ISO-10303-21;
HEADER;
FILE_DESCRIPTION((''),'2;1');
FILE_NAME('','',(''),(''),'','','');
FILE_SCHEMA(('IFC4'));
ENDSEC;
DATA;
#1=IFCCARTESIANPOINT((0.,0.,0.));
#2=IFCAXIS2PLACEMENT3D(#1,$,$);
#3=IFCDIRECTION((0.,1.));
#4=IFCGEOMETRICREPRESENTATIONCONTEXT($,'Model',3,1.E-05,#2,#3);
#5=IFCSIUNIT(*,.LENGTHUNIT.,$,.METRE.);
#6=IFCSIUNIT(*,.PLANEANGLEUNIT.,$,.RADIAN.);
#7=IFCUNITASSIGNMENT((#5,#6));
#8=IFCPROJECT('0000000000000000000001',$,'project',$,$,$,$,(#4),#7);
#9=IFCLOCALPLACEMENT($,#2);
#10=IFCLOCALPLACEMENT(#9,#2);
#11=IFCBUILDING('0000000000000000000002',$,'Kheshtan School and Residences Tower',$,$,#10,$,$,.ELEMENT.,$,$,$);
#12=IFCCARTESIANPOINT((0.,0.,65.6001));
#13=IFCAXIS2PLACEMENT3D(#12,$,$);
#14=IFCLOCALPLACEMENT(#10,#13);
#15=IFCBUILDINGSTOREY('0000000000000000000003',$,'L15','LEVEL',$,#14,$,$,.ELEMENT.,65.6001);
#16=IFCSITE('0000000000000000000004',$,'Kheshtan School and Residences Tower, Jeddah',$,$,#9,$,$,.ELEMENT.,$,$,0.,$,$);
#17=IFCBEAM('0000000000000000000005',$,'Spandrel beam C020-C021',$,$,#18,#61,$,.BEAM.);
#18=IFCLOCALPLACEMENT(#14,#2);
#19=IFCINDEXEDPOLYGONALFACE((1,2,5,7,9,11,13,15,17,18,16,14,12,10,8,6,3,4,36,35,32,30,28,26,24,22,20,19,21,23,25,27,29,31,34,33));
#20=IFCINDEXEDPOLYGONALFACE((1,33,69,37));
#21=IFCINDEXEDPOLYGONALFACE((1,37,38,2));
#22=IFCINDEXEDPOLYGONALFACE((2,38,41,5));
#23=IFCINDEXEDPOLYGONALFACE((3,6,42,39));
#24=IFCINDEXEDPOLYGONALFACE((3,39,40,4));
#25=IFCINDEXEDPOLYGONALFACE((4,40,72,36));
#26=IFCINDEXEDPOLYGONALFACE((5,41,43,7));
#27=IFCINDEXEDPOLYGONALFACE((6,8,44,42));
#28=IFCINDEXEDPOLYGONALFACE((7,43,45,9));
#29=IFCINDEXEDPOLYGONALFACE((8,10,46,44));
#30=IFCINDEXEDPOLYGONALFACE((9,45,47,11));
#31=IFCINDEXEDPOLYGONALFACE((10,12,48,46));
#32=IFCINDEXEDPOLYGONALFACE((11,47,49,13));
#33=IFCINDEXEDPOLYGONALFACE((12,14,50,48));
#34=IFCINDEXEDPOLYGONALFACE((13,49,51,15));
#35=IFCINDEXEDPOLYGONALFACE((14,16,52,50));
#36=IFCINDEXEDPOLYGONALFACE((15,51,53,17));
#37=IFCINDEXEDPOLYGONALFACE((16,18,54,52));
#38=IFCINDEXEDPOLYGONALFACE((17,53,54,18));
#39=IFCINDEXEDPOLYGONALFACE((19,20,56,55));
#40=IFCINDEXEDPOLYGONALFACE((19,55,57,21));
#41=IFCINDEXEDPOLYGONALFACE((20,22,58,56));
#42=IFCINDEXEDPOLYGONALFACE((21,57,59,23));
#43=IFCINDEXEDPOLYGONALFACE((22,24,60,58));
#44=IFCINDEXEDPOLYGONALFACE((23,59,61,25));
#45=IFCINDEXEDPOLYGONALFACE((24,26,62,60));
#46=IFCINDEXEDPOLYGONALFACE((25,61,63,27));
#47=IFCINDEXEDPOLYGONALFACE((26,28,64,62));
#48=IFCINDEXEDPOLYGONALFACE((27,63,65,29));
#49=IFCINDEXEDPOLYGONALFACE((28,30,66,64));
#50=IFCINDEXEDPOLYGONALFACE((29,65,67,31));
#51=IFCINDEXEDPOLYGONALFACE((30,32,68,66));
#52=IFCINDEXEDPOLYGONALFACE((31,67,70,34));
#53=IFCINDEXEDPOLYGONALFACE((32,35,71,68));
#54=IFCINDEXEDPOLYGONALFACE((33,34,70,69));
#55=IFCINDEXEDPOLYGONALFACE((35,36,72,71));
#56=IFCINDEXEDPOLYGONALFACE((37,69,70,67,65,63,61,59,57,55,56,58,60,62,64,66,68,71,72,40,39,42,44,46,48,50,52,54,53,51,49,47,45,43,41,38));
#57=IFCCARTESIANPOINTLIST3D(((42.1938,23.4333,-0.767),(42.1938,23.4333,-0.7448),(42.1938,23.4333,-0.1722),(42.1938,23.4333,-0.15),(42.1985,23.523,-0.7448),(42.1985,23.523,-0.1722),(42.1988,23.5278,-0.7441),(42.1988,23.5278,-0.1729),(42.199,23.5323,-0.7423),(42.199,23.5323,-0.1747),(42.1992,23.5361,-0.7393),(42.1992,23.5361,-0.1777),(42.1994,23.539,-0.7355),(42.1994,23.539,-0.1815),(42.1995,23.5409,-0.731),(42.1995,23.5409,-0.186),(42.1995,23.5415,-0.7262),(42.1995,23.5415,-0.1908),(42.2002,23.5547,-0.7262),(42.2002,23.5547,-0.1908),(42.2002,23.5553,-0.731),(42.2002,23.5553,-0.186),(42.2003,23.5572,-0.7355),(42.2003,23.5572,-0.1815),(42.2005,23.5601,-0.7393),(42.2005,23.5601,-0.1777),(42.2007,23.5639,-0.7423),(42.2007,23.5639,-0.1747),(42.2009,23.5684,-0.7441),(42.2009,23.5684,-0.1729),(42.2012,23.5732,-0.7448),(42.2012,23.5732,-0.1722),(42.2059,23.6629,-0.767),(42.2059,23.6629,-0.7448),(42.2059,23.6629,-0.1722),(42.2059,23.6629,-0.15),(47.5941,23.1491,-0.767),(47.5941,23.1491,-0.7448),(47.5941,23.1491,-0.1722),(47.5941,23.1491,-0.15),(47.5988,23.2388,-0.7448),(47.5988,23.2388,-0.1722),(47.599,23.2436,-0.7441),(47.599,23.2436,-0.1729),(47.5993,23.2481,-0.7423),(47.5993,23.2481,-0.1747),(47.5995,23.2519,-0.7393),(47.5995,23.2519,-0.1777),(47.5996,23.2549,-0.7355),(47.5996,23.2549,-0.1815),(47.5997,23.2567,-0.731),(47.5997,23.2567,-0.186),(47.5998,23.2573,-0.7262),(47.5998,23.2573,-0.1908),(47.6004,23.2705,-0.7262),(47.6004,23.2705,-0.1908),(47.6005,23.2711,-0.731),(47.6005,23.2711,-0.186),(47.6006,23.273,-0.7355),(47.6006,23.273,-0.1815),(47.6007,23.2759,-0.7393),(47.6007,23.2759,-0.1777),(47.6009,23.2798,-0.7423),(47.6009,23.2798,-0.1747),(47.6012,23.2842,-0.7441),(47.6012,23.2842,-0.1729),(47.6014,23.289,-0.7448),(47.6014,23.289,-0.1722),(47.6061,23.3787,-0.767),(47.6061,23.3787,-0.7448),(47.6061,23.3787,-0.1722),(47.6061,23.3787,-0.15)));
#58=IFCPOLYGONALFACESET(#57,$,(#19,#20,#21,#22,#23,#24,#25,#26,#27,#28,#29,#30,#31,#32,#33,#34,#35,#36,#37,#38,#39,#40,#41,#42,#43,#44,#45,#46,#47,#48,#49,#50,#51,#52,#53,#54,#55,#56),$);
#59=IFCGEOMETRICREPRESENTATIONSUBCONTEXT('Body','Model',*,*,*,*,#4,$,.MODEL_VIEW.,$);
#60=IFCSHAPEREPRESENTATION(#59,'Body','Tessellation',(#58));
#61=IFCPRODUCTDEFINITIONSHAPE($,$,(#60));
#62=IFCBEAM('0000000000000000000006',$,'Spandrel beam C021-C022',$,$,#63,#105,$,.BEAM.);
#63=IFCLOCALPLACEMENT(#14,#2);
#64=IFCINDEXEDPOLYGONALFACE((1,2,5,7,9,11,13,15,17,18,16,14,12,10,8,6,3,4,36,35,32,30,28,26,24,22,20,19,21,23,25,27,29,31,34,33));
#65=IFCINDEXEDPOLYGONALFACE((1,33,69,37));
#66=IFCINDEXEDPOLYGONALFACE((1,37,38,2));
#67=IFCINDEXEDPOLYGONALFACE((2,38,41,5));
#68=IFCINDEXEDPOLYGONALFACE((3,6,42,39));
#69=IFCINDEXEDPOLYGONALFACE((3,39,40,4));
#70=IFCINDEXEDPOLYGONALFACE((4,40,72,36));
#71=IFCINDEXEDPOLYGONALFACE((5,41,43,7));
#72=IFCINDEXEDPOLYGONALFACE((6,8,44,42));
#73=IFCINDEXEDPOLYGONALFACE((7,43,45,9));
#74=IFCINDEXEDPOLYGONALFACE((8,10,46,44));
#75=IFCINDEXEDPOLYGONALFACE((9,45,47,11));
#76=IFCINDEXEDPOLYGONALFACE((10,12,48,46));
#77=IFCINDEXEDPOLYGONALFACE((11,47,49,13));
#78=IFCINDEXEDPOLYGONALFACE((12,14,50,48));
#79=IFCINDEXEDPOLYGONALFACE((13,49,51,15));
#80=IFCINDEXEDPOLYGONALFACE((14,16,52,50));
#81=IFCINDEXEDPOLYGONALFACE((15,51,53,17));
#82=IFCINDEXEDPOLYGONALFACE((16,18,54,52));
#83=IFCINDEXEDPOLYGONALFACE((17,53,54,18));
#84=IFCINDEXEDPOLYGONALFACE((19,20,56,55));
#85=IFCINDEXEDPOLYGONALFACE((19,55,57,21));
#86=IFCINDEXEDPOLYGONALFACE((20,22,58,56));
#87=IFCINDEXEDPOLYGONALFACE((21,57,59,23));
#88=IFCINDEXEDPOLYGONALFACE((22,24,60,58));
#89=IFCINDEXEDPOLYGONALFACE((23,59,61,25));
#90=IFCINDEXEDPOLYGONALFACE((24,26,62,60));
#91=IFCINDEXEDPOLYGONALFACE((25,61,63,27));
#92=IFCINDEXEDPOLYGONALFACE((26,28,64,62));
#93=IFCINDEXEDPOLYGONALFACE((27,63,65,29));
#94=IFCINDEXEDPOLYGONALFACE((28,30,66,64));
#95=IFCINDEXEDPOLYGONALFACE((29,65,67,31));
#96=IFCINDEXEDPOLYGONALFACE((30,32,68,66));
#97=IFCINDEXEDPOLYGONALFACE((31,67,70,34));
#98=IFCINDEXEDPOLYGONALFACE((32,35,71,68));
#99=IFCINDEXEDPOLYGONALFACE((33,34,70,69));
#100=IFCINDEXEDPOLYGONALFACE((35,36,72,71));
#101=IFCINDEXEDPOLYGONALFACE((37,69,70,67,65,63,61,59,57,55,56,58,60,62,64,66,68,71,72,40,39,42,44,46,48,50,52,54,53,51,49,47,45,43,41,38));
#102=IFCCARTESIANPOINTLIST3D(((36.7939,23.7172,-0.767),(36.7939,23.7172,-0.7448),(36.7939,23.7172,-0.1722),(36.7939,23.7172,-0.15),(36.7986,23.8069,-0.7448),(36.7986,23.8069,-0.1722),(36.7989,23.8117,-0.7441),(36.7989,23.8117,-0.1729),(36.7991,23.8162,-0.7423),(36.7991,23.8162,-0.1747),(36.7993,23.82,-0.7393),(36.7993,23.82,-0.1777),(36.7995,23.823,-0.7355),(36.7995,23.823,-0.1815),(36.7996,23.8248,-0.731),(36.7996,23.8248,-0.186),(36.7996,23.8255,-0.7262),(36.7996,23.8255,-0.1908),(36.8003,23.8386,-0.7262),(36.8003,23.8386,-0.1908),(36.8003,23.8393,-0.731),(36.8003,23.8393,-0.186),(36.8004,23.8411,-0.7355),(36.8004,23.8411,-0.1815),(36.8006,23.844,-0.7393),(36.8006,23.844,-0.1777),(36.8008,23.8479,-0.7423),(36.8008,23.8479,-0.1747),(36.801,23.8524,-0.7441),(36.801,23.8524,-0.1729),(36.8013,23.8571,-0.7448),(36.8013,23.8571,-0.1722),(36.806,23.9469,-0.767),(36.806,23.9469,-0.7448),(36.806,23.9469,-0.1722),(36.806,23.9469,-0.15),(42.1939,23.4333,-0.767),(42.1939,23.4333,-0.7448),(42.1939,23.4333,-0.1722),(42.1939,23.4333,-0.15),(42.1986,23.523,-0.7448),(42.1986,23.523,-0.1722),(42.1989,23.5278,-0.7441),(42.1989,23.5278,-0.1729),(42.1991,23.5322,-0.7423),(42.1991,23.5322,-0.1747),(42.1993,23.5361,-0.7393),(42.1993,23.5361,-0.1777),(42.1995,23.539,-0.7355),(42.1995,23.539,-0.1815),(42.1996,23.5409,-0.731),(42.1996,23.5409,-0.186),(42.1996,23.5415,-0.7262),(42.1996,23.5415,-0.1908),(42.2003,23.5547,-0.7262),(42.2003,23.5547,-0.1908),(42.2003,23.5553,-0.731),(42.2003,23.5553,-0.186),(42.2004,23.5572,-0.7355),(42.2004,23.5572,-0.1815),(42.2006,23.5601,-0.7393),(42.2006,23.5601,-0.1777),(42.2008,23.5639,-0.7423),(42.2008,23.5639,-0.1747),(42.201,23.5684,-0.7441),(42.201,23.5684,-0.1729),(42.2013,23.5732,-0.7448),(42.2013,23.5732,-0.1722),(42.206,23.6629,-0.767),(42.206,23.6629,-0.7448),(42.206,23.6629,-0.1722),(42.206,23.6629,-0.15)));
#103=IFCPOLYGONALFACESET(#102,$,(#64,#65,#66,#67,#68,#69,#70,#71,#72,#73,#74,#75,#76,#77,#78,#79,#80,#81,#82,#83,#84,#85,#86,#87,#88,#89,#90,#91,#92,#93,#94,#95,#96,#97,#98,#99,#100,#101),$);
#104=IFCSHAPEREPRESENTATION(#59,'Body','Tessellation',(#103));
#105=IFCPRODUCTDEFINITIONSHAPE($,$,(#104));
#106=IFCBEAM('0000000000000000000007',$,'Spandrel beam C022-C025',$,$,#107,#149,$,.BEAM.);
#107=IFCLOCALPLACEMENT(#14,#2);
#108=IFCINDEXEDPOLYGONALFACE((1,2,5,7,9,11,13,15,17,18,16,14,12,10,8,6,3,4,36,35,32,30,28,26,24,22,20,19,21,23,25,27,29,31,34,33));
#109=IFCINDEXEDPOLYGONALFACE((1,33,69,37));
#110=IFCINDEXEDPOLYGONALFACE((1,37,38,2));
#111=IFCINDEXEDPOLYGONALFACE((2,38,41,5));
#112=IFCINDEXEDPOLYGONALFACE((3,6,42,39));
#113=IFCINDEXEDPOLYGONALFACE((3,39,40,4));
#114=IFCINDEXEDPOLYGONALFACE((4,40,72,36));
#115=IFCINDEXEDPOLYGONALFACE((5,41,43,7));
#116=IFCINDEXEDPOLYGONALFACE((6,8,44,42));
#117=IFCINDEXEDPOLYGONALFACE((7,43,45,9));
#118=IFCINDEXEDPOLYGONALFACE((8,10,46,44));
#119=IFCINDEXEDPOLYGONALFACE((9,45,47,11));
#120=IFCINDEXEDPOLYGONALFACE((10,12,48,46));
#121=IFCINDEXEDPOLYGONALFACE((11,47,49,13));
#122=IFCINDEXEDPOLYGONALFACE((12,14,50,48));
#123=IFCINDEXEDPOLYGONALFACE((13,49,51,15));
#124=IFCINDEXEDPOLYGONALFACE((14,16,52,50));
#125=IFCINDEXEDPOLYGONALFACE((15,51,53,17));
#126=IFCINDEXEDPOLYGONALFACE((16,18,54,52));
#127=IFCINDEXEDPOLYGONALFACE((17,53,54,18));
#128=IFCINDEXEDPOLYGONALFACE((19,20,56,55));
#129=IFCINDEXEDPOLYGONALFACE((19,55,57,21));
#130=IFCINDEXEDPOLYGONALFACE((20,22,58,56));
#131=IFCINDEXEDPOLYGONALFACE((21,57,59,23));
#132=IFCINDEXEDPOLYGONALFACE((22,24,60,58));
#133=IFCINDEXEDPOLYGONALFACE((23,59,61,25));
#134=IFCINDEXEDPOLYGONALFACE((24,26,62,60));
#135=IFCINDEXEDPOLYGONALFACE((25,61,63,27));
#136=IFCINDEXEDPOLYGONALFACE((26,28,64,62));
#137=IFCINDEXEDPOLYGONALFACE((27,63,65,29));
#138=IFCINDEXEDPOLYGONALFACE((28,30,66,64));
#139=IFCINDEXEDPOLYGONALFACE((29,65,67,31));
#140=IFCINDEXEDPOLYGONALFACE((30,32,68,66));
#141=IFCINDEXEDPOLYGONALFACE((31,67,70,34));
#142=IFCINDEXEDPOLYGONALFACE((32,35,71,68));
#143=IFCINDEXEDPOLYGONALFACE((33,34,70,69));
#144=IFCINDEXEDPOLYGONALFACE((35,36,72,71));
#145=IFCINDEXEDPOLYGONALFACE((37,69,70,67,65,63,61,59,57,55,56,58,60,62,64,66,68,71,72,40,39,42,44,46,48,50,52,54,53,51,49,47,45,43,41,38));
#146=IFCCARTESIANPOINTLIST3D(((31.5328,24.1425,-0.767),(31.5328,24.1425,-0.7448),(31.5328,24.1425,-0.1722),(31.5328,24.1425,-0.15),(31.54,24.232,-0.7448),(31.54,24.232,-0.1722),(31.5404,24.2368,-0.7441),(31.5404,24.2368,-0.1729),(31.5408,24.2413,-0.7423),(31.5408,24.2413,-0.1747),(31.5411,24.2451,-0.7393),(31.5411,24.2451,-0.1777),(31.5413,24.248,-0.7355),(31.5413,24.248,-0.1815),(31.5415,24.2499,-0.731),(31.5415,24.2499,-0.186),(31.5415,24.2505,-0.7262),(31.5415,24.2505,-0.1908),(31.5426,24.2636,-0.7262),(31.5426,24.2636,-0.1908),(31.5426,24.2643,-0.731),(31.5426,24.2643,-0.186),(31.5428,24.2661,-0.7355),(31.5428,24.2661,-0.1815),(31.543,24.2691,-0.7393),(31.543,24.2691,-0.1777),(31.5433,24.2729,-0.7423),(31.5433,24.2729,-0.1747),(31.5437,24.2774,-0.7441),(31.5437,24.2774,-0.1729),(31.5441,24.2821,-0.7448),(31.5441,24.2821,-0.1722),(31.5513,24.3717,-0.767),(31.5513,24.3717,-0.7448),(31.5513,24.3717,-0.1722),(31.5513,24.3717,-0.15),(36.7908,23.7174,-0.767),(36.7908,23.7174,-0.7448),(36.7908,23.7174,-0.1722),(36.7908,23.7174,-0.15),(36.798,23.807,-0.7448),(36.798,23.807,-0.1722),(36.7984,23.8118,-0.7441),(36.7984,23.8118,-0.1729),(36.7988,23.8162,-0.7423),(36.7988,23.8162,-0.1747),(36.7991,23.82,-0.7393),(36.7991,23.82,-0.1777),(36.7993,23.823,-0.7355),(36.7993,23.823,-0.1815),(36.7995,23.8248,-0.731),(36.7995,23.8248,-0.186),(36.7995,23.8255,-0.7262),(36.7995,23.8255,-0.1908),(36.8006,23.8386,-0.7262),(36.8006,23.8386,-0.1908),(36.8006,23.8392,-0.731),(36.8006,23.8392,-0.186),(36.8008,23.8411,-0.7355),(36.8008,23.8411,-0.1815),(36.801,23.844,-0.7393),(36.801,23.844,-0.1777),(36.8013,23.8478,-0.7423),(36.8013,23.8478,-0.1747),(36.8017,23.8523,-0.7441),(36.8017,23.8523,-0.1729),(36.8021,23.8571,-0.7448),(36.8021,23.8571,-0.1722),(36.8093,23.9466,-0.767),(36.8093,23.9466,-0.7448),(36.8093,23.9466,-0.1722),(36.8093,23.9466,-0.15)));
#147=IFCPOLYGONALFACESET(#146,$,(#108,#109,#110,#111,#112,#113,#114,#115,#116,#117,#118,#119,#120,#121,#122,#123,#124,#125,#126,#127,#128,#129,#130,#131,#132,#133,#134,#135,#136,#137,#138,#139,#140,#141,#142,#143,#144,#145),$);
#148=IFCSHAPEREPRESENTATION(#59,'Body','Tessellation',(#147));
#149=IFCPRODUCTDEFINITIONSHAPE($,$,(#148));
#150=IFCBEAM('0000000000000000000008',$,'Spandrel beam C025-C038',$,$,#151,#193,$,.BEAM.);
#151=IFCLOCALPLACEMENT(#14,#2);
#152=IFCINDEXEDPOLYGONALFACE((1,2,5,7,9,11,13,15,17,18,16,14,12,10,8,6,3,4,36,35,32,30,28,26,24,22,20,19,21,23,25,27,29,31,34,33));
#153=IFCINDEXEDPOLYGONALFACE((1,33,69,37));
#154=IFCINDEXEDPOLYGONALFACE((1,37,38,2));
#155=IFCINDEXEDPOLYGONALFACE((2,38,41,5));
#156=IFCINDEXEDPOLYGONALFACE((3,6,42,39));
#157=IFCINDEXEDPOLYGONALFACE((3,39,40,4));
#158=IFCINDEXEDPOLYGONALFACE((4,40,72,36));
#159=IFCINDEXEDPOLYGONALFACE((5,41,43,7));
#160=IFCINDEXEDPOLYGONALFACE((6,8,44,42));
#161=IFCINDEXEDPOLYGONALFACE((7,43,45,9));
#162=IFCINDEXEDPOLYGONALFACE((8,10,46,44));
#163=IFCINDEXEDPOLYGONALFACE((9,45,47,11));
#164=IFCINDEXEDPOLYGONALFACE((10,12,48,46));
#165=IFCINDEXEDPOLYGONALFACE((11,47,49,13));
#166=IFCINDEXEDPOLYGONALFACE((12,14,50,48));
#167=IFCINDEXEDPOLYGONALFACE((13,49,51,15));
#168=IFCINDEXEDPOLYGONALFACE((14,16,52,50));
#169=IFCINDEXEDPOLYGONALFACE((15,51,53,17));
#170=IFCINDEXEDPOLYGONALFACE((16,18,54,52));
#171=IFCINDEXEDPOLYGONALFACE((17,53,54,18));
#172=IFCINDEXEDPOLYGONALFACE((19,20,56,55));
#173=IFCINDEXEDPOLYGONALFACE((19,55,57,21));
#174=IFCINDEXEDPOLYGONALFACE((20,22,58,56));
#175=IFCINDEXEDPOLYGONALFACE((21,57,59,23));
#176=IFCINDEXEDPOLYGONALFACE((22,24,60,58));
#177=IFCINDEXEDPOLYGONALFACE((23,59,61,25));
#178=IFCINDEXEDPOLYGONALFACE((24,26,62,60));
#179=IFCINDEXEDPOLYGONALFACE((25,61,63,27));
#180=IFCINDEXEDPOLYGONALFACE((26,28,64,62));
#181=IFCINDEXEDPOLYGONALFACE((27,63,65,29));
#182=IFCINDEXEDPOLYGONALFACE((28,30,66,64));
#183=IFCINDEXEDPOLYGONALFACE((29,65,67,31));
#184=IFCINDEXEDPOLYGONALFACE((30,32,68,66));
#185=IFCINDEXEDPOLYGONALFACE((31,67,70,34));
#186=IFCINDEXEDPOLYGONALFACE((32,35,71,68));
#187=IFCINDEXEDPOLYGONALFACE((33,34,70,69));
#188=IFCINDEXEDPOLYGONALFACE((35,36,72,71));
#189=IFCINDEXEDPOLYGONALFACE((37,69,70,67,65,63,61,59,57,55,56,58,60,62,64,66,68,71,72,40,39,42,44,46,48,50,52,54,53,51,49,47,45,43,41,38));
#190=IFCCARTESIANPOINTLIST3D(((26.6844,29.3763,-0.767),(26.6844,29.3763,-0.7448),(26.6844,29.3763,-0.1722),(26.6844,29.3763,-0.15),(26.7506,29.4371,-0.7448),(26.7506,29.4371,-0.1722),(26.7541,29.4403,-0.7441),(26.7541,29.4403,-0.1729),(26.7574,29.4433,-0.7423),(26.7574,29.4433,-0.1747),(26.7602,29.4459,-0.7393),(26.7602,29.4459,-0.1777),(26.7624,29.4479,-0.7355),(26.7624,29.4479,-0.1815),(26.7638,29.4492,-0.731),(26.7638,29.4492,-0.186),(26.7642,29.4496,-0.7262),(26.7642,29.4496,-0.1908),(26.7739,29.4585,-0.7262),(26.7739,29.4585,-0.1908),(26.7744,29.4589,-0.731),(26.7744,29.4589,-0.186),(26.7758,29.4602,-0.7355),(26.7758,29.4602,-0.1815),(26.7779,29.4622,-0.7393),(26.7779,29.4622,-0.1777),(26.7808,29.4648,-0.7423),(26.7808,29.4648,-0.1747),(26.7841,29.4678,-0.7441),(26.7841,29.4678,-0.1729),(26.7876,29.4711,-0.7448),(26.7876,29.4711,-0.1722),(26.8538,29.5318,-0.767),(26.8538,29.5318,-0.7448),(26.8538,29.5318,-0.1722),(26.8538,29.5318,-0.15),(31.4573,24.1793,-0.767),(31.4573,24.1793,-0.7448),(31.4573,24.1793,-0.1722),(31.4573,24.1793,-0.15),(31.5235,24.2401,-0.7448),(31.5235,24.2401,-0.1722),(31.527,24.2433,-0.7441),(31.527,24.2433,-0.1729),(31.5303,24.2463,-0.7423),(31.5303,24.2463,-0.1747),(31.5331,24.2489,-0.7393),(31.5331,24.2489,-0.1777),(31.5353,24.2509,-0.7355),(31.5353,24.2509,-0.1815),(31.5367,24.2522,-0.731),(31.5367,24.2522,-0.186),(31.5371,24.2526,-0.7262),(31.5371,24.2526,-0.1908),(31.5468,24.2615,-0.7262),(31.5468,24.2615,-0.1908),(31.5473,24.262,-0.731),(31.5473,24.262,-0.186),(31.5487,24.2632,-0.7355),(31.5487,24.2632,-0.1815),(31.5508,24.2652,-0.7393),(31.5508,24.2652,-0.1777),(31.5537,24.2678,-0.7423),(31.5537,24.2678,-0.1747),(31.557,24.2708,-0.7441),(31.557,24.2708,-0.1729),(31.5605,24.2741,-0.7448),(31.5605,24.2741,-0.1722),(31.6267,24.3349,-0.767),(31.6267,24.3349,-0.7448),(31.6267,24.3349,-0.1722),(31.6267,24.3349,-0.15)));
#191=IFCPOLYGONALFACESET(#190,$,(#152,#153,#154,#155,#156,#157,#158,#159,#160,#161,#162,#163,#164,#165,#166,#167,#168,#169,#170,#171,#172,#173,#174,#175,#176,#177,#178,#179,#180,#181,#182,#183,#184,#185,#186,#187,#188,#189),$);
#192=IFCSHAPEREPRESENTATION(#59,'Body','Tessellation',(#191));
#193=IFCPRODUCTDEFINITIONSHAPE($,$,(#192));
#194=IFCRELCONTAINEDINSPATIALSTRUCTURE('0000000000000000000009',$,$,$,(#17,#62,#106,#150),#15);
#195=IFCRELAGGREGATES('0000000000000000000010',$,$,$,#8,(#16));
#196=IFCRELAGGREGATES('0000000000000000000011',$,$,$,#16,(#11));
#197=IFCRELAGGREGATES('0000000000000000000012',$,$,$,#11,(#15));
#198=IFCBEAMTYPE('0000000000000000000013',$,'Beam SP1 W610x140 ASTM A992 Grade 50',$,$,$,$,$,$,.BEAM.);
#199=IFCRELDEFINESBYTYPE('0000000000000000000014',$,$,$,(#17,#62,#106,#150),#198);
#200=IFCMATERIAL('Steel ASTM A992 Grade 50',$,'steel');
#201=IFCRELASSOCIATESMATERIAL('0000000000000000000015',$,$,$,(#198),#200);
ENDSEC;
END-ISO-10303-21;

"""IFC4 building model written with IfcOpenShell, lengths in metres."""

from ifc_helpers import new_model, si_unit, direction, frame, origin, origin_2d, place, context, subcontext, project, spatial, i_section, extrude, material, material_profile, profile_set, type_object, element, save


model = new_model("IFC4")

# Units and contexts
model_context = context("Model", 3, precision=1e-05, world=origin(), true_north=direction((0.0, 1.0)))
body_context = subcontext(model_context, "Body", "Model", "MODEL_VIEW")
ifc_project = project(units=[si_unit("LENGTHUNIT", "METRE"), si_unit("PLANEANGLEUNIT", "RADIAN")], contexts=[model_context])

# Site, building, storey
site_placement = place(None, origin())
site = spatial("IfcSite", under=ifc_project, at=site_placement, Name="Kheshtan School and Residences Tower, Jeddah", CompositionType="ELEMENT", RefElevation=0.0)
building_placement = place(site_placement, origin())
building = spatial("IfcBuilding", under=site, at=building_placement, Name="Kheshtan School and Residences Tower", CompositionType="ELEMENT")
storey_placement = place(building_placement, frame((0.0, 0.0, 65.6001)))
storey = spatial("IfcBuildingStorey", under=building, at=storey_placement, Name="L15", Description="LEVEL", CompositionType="ELEMENT", Elevation=65.6001)

# Shared definitions
ifc_material_1 = material(Name="Steel ASTM A992 Grade 50", Category="steel")

# Beams
ifc_material_profile_1 = material_profile(ifc_material_1, i_section(OverallWidth=0.23, OverallDepth=0.6169, WebThickness=0.0132, FlangeThickness=0.0222, FilletRadius=0.0186, at=origin_2d()), Name="W610x140")
ifc_profile_set_1 = profile_set([ifc_material_profile_1], Name="Steel ASTM A992 Grade 50")
beam_type_1 = type_object("IfcBeamType", Name="Beam SP1 W610x140 ASTM A992 Grade 50", PredefinedType="BEAM", material=ifc_profile_set_1)
beam_1_placement = place(storey_placement, frame((47.6001, 23.2639, -0.4585), z_axis=(-0.998618, 0.052552, 0.0), x_axis=(-0.052552, -0.998618, 0.0)))
element("IfcBeam", 1, at=beam_1_placement, inside=storey, type_object=beam_type_1, Name="Spandrel beam C020-C021", PredefinedType="BEAM", context=body_context, shape_type="SweptSolid", body=[
    extrude(i_section(OverallWidth=0.23, OverallDepth=0.6169, WebThickness=0.0132, FlangeThickness=0.0222, FilletRadius=0.0186, at=origin_2d()), origin(), (0.0, 0.0, 1.0), 5.4077),
])
beam_2_placement = place(storey_placement, frame((42.2, 23.5481, -0.4585), z_axis=(-0.99862, 0.052509, 0.0), x_axis=(-0.052509, -0.99862, 0.0)))
element("IfcBeam", 2, at=beam_2_placement, inside=storey, type_object=beam_type_1, Name="Spandrel beam C021-C022", PredefinedType="BEAM", context=body_context, shape_type="SweptSolid", body=[
    extrude(i_section(OverallWidth=0.23, OverallDepth=0.6169, WebThickness=0.0132, FlangeThickness=0.0222, FilletRadius=0.0186, at=origin_2d()), origin(), (0.0, 0.0, 1.0), 5.4075),
])
beam_3_placement = place(storey_placement, frame((36.8, 23.832, -0.4585), z_axis=(-0.996749, 0.080575, 0.0), x_axis=(-0.080575, -0.996749, 0.0)))
element("IfcBeam", 3, at=beam_3_placement, inside=storey, type_object=beam_type_1, Name="Spandrel beam C022-C025", PredefinedType="BEAM", context=body_context, shape_type="SweptSolid", body=[
    extrude(i_section(OverallWidth=0.23, OverallDepth=0.6169, WebThickness=0.0132, FlangeThickness=0.0222, FilletRadius=0.0186, at=origin_2d()), origin(), (0.0, 0.0, 1.0), 5.2751),
])
beam_4_placement = place(storey_placement, frame((31.542, 24.2571, -0.4585), z_axis=(-0.676418, 0.736518, 0.0), x_axis=(-0.736518, -0.676418, 0.0)))
element("IfcBeam", 4, at=beam_4_placement, inside=storey, type_object=beam_type_1, Name="Spandrel beam C025-C038", PredefinedType="BEAM", context=body_context, shape_type="SweptSolid", body=[
    extrude(i_section(OverallWidth=0.23, OverallDepth=0.6169, WebThickness=0.0132, FlangeThickness=0.0222, FilletRadius=0.0186, at=origin_2d()), origin(), (0.0, 0.0, 1.0), 7.0562),
])

save(model, "model.ifc")
